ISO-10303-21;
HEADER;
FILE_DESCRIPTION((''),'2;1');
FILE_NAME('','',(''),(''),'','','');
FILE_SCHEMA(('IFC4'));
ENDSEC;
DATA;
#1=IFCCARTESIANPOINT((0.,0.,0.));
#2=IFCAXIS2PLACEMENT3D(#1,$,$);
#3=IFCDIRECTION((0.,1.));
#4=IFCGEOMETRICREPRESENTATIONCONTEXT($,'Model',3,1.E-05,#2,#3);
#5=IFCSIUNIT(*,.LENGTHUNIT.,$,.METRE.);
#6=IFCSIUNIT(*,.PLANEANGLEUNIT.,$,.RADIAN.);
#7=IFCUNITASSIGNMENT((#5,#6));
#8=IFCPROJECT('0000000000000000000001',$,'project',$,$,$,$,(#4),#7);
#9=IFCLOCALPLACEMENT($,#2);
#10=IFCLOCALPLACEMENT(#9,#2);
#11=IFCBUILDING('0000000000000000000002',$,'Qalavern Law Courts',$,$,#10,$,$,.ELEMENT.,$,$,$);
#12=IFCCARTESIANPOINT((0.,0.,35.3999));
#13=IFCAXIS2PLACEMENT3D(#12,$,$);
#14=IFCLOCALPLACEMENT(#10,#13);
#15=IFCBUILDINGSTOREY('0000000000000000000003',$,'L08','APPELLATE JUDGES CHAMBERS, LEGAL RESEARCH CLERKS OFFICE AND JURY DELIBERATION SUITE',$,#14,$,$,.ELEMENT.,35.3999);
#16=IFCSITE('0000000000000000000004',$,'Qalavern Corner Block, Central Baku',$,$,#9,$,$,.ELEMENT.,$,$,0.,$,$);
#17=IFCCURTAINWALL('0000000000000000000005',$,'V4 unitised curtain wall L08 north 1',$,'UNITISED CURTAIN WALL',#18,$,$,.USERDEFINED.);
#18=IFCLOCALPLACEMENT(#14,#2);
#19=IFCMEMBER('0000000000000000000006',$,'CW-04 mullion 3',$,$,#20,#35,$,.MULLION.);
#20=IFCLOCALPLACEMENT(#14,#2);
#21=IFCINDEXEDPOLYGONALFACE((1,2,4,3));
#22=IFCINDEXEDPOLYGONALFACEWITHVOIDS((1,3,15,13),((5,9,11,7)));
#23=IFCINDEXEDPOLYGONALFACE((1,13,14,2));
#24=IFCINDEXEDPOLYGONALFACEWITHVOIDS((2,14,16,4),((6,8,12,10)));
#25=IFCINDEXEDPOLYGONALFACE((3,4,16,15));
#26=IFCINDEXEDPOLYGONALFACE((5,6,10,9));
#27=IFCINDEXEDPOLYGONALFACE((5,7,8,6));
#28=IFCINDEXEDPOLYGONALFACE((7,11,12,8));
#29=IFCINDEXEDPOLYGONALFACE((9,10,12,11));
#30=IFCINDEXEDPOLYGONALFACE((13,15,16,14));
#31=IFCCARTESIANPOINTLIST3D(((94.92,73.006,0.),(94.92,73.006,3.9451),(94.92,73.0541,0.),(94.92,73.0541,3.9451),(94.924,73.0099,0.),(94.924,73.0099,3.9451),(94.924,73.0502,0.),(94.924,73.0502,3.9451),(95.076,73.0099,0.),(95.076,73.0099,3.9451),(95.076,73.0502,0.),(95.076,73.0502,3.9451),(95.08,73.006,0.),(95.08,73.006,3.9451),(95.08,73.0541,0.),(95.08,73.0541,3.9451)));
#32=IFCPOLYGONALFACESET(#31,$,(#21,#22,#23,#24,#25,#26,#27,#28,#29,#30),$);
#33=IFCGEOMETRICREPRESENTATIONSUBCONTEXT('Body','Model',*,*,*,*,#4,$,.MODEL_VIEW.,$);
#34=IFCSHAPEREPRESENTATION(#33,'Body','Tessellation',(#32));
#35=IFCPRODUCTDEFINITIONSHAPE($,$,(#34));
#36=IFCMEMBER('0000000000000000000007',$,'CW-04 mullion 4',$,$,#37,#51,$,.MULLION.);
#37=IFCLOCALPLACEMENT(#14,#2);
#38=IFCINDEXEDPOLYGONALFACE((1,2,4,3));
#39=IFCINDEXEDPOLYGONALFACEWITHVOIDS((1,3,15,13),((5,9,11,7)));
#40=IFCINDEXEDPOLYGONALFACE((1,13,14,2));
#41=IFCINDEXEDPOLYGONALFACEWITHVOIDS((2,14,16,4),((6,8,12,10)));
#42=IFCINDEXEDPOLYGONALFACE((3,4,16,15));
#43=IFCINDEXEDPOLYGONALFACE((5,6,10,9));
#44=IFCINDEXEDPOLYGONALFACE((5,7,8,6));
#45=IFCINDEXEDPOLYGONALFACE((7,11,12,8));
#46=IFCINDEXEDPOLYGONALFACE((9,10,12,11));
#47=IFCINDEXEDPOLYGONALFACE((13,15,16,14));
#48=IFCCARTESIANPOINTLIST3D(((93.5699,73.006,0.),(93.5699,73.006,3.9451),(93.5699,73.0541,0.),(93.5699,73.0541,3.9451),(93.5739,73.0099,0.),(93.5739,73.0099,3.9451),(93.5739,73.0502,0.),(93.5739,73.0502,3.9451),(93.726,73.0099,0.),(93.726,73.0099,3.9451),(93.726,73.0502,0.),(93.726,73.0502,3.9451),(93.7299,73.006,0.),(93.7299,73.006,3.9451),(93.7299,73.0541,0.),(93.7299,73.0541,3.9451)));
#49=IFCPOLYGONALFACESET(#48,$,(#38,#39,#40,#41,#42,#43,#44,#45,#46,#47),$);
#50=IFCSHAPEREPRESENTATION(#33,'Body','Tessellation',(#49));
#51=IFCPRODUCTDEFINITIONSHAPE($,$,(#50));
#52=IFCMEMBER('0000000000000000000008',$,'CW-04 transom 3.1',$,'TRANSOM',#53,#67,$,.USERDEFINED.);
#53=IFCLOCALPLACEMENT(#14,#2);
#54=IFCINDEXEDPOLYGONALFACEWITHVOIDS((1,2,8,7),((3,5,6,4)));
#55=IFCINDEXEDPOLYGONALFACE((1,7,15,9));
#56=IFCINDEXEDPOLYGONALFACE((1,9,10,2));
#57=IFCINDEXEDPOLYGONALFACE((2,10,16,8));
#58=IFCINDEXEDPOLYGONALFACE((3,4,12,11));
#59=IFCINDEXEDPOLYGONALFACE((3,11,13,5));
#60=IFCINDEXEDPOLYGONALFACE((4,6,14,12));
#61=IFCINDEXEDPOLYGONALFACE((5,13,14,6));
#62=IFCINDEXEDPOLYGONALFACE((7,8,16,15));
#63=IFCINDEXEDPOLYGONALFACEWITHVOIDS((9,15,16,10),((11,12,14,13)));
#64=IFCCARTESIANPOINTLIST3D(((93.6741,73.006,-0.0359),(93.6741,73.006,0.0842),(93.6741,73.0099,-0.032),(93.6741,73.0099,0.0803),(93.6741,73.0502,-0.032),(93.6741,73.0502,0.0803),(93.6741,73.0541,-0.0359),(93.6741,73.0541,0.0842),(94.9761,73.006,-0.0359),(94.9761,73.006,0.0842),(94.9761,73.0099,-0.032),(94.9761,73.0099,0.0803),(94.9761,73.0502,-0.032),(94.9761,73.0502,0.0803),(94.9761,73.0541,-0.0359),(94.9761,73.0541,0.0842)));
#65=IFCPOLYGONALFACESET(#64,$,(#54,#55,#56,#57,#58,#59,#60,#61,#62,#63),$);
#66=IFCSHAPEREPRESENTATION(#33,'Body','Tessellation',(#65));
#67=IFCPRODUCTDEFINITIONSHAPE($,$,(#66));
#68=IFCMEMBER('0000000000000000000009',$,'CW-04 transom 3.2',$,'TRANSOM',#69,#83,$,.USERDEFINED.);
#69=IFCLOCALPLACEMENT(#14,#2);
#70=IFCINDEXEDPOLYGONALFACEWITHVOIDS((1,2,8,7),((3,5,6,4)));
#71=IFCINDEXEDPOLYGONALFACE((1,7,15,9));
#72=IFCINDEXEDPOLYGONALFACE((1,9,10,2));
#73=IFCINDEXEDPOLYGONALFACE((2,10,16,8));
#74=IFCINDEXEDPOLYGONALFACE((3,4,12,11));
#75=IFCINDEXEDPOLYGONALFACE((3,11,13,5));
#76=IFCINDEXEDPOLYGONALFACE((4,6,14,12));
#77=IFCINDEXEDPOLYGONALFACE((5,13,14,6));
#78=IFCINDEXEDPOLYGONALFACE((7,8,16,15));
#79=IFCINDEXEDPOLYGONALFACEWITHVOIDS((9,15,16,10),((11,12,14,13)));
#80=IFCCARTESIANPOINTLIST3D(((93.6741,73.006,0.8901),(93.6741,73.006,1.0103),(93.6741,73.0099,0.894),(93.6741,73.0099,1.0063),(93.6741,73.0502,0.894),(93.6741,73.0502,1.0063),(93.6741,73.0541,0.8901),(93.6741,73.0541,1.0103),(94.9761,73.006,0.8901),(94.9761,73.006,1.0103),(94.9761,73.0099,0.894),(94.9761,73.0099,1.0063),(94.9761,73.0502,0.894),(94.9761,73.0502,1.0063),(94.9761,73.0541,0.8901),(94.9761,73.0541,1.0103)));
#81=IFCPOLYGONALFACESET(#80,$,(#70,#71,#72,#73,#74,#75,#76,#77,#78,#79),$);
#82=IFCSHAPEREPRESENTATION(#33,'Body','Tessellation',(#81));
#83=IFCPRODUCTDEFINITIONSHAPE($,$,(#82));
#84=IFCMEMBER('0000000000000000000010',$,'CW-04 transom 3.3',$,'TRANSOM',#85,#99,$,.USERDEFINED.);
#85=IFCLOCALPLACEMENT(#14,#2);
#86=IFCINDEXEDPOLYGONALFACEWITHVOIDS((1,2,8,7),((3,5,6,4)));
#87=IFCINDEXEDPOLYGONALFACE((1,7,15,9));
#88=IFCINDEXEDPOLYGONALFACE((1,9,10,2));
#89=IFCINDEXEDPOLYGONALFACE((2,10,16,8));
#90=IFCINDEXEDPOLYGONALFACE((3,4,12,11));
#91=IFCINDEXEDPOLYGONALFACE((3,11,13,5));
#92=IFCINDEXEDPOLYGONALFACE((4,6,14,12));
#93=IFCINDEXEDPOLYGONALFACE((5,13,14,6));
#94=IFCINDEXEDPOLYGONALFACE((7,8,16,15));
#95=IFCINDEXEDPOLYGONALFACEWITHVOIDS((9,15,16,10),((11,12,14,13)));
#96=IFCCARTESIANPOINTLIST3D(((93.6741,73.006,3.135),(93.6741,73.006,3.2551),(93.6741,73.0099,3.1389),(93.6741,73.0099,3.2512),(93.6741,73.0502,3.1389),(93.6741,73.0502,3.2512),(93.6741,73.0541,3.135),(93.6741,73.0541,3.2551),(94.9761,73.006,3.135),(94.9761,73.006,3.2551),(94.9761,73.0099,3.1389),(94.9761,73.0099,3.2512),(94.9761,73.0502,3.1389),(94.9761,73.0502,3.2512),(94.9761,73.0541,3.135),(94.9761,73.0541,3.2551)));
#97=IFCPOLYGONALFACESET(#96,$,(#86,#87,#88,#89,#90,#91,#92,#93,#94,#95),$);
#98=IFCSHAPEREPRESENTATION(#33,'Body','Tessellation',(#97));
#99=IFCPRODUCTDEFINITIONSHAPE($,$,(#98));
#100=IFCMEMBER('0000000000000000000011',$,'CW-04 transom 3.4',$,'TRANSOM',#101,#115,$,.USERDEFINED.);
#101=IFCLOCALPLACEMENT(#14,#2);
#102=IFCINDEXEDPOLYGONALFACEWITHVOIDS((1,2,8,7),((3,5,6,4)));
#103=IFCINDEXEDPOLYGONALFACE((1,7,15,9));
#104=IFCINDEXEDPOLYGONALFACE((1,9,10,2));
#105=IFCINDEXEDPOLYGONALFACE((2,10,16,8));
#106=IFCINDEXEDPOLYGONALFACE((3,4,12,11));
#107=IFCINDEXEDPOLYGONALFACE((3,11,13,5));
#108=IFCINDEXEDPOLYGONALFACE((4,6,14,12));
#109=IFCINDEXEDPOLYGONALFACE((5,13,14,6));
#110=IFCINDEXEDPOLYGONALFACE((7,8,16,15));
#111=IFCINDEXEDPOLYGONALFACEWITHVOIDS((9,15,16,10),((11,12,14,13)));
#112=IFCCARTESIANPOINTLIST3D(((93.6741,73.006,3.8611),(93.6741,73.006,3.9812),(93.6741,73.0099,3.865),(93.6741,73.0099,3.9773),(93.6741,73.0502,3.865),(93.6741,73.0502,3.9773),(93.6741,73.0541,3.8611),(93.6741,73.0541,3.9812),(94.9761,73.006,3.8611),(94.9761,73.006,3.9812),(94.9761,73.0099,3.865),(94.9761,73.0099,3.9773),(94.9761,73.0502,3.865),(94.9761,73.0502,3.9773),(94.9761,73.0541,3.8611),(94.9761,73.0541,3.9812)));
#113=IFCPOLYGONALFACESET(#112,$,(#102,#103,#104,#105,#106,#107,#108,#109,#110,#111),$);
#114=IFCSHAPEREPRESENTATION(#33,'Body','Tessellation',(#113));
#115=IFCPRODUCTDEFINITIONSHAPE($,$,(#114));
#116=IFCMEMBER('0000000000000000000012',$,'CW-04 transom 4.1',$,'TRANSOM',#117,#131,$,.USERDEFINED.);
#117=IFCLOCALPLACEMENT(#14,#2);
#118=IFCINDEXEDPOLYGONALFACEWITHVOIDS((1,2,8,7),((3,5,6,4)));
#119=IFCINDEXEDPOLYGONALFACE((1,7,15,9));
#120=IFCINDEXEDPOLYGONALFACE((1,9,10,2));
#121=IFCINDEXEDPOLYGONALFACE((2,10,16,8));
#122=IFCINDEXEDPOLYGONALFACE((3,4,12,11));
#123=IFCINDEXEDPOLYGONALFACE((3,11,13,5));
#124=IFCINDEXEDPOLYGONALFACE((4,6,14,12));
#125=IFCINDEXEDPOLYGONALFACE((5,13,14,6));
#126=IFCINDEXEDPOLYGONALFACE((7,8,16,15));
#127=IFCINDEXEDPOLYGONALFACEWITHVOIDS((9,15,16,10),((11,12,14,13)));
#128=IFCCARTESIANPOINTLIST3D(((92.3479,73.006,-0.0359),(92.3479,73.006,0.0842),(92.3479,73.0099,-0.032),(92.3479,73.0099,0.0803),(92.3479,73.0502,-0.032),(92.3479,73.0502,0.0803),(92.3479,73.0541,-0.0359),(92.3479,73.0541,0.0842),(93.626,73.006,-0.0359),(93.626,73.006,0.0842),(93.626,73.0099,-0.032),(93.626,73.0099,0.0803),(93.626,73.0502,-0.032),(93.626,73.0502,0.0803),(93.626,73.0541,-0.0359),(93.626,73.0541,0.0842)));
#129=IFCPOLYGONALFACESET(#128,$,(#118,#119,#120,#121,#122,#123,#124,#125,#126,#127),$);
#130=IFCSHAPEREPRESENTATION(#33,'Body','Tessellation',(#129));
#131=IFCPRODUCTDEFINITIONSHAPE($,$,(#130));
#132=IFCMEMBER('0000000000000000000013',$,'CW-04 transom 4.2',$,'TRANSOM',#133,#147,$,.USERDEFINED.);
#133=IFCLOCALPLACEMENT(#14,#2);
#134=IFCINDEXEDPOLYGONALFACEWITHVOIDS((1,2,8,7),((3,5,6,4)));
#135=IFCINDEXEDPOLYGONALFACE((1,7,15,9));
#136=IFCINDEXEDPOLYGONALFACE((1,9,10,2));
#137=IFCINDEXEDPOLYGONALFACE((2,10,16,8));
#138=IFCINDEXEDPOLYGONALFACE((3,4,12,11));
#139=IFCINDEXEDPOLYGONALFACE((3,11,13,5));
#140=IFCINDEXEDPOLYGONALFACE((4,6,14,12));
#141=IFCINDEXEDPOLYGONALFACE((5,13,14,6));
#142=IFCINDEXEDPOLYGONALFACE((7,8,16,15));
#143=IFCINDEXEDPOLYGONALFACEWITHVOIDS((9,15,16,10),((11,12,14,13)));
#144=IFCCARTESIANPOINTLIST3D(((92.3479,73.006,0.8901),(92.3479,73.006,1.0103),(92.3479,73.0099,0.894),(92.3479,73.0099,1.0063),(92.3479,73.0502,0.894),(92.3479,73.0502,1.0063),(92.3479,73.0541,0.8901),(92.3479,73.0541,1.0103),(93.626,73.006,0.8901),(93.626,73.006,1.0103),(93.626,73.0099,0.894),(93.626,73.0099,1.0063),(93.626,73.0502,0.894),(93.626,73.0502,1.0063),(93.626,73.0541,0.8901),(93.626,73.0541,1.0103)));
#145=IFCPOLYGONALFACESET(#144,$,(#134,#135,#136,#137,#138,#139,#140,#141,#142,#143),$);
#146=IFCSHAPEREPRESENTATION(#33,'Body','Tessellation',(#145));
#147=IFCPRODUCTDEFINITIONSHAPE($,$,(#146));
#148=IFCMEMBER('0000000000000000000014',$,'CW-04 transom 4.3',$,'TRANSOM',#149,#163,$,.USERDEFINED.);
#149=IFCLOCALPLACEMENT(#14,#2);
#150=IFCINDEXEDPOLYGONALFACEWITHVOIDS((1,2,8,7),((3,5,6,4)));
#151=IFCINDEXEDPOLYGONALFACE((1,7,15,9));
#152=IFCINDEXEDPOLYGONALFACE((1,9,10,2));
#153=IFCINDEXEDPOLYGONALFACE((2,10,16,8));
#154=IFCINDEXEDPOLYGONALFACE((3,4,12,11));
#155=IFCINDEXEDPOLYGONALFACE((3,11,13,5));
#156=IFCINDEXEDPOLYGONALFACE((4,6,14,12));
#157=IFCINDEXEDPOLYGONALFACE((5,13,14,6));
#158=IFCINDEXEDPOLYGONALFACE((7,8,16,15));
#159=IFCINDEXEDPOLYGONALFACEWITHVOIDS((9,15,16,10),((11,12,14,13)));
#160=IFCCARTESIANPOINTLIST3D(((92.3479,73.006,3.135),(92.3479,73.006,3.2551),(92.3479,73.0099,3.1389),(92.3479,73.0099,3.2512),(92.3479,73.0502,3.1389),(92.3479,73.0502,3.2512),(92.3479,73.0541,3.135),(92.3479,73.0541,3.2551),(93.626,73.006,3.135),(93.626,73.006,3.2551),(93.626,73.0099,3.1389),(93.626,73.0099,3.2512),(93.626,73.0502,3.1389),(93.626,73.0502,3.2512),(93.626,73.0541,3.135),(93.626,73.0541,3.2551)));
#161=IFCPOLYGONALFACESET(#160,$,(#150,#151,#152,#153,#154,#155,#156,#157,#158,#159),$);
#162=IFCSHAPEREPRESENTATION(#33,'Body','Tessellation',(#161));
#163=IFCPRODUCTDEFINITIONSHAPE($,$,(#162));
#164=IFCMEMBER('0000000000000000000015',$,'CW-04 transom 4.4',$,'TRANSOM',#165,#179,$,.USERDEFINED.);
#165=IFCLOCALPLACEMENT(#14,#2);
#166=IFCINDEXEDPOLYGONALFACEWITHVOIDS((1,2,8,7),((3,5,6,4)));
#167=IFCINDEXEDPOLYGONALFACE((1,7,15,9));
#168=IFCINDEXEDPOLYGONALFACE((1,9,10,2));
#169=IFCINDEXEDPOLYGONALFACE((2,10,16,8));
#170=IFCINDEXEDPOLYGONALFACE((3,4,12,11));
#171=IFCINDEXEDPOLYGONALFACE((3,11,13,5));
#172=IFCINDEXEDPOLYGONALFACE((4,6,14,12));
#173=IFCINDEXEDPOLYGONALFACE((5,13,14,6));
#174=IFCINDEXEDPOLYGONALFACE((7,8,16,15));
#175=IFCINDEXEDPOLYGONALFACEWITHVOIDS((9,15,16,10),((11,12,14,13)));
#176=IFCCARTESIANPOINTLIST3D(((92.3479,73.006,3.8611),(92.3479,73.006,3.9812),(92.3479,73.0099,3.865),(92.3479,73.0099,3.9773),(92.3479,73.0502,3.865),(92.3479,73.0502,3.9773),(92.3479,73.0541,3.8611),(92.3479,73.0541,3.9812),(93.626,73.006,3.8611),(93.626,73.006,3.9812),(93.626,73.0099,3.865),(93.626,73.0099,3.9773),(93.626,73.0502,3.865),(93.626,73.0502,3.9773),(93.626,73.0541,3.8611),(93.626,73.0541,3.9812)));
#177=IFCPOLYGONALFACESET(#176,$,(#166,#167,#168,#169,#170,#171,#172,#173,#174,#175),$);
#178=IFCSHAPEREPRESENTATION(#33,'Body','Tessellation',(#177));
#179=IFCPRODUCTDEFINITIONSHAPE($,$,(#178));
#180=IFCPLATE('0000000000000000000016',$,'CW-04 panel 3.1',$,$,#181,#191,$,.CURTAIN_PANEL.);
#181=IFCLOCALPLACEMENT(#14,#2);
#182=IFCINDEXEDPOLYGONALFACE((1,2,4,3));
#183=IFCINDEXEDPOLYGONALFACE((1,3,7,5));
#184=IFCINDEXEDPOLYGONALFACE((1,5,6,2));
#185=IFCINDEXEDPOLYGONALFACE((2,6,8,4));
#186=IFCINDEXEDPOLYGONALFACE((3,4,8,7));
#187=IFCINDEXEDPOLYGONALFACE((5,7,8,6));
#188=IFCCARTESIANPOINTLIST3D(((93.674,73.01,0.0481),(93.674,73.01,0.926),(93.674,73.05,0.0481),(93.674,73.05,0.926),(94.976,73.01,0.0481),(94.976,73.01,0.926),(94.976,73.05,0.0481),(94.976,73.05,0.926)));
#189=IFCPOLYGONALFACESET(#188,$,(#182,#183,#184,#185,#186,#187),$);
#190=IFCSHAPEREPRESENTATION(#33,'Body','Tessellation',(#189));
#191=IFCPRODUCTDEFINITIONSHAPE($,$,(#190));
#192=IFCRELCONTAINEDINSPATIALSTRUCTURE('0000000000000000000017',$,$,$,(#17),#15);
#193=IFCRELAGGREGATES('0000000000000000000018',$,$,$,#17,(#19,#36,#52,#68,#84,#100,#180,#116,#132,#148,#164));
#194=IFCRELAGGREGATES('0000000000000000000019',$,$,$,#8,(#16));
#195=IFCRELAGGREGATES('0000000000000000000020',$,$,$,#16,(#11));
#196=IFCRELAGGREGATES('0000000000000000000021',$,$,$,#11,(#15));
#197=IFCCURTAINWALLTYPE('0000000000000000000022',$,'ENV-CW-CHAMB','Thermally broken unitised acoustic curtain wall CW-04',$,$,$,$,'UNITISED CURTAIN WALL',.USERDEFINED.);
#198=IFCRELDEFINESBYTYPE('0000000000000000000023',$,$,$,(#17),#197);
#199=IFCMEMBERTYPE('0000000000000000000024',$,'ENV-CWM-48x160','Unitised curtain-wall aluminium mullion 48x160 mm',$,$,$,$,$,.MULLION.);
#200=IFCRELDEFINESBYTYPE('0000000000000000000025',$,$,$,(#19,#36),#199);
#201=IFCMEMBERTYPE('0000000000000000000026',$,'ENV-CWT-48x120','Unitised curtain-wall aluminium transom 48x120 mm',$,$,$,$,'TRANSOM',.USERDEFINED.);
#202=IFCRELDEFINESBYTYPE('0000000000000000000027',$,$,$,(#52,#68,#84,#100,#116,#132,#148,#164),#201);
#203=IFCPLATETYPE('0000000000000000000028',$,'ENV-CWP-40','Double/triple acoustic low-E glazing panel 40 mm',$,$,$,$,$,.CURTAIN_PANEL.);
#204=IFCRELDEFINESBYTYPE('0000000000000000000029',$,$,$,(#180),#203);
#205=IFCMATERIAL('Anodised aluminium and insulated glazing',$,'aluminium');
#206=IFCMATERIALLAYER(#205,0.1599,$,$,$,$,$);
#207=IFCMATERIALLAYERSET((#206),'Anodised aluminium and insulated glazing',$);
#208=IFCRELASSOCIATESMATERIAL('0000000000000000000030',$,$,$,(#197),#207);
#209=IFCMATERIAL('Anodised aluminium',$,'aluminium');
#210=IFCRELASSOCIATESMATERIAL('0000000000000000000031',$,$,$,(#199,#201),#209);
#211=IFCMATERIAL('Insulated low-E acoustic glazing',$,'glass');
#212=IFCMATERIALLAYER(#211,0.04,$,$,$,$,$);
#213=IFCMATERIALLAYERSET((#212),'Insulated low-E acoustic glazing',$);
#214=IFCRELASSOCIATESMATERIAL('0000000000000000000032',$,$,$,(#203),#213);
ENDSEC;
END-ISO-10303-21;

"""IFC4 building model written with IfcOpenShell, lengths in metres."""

from ifc_helpers import new_model, si_unit, direction, frame, origin, origin_2d, place, context, subcontext, project, spatial, rectangle, hollow_rectangle, extrude, material, layer, layer_set, material_profile, profile_set, type_object, element, aggregate, save


model = new_model("IFC4")

# Units and contexts
model_context = context("Model", 3, precision=1e-05, world=origin(), true_north=direction((0.0, 1.0)))
body_context = subcontext(model_context, "Body", "Model", "MODEL_VIEW")
ifc_project = project(units=[si_unit("LENGTHUNIT", "METRE"), si_unit("PLANEANGLEUNIT", "RADIAN")], contexts=[model_context])

# Site, building, storey
site_placement = place(None, origin())
site = spatial("IfcSite", under=ifc_project, at=site_placement, Name="Qalavern Corner Block, Central Baku", CompositionType="ELEMENT", RefElevation=0.0)
building_placement = place(site_placement, origin())
building = spatial("IfcBuilding", under=site, at=building_placement, Name="Qalavern Law Courts", CompositionType="ELEMENT")
storey_placement = place(building_placement, frame((0.0, 0.0, 35.3999)))
storey = spatial("IfcBuildingStorey", under=building, at=storey_placement, Name="L08", Description="APPELLATE JUDGES CHAMBERS, LEGAL RESEARCH CLERKS OFFICE AND JURY DELIBERATION SUITE", CompositionType="ELEMENT", Elevation=35.3999)

# Curtain wall, members, plate
ifc_material_1 = material(Name="Anodised aluminium and insulated glazing", Category="aluminium")
ifc_layer_1 = layer(ifc_material_1, 0.1599)
ifc_layer_set_1 = layer_set([ifc_layer_1], Name="Anodised aluminium and insulated glazing")
curtain_wall_type = type_object("IfcCurtainWallType", Name="ENV-CW-CHAMB", Description="Thermally broken unitised acoustic curtain wall CW-04", ElementType="UNITISED CURTAIN WALL", PredefinedType="USERDEFINED", material=ifc_layer_set_1)
curtain_wall_placement = place(storey_placement, origin())
curtain_wall = element("IfcCurtainWall", 1, at=curtain_wall_placement, inside=storey, type_object=curtain_wall_type, Name="V4 unitised curtain wall L08 north 1", ObjectType="UNITISED CURTAIN WALL", PredefinedType="USERDEFINED")
ifc_material_2 = material(Name="Anodised aluminium", Category="aluminium")
ifc_material_profile_1 = material_profile(ifc_material_2, hollow_rectangle(XDim=0.0481, YDim=0.1599, WallThickness=0.0039, at=origin_2d()), Name="ALU MULLION 48x160")
ifc_profile_set_1 = profile_set([ifc_material_profile_1], Name="Anodised aluminium")
member_type_1 = type_object("IfcMemberType", Name="ENV-CWM-48x160", Description="Unitised curtain-wall aluminium mullion 48x160 mm", PredefinedType="MULLION", material=ifc_profile_set_1)
member_1_placement = place(storey_placement, frame((95.0, 73.03, 0.0), z_axis=(0.0, 0.0, 1.0), x_axis=(0.0, -1.0, 0.0)))
member_1 = element("IfcMember", 2, at=member_1_placement, type_object=member_type_1, Name="CW-04 mullion 3", PredefinedType="MULLION", context=body_context, shape_type="SweptSolid", body=[
    extrude(hollow_rectangle(XDim=0.0481, YDim=0.1599, WallThickness=0.0039, at=origin_2d()), origin(), (0.0, 0.0, 1.0), 3.9451),
])
member_2_placement = place(storey_placement, frame((93.6499, 73.03, 0.0), z_axis=(0.0, 0.0, 1.0), x_axis=(0.0, -1.0, 0.0)))
member_2 = element("IfcMember", 3, at=member_2_placement, type_object=member_type_1, Name="CW-04 mullion 4", PredefinedType="MULLION", context=body_context, shape_type="SweptSolid", body=[
    extrude(hollow_rectangle(XDim=0.0481, YDim=0.1599, WallThickness=0.0039, at=origin_2d()), origin(), (0.0, 0.0, 1.0), 3.9451),
])
ifc_material_profile_2 = material_profile(ifc_material_2, hollow_rectangle(XDim=0.0481, YDim=0.1201, WallThickness=0.0039, at=origin_2d()), Name="ALU TRANSOM 48x120")
ifc_profile_set_2 = profile_set([ifc_material_profile_2], Name="Anodised aluminium")
member_type_2 = type_object("IfcMemberType", Name="ENV-CWT-48x120", Description="Unitised curtain-wall aluminium transom 48x120 mm", ElementType="TRANSOM", PredefinedType="USERDEFINED", material=ifc_profile_set_2)
member_3_placement = place(storey_placement, frame((94.9761, 73.03, 0.0242), z_axis=(-1.0, 0.0, 0.0), x_axis=(0.0, -1.0, 0.0)))
member_3 = element("IfcMember", 4, at=member_3_placement, type_object=member_type_2, Name="CW-04 transom 3.1", ObjectType="TRANSOM", PredefinedType="USERDEFINED", context=body_context, shape_type="SweptSolid", body=[
    extrude(hollow_rectangle(XDim=0.0481, YDim=0.1201, WallThickness=0.0039, at=origin_2d()), origin(), (0.0, 0.0, 1.0), 1.302),
])
member_4_placement = place(storey_placement, frame((94.9761, 73.03, 0.9502), z_axis=(-1.0, 0.0, 0.0), x_axis=(0.0, -1.0, 0.0)))
member_4 = element("IfcMember", 5, at=member_4_placement, type_object=member_type_2, Name="CW-04 transom 3.2", ObjectType="TRANSOM", PredefinedType="USERDEFINED", context=body_context, shape_type="SweptSolid", body=[
    extrude(hollow_rectangle(XDim=0.0481, YDim=0.1201, WallThickness=0.0039, at=origin_2d()), origin(), (0.0, 0.0, 1.0), 1.302),
])
member_5_placement = place(storey_placement, frame((94.9761, 73.03, 3.1951), z_axis=(-1.0, 0.0, 0.0), x_axis=(0.0, -1.0, 0.0)))
member_5 = element("IfcMember", 6, at=member_5_placement, type_object=member_type_2, Name="CW-04 transom 3.3", ObjectType="TRANSOM", PredefinedType="USERDEFINED", context=body_context, shape_type="SweptSolid", body=[
    extrude(hollow_rectangle(XDim=0.0481, YDim=0.1201, WallThickness=0.0039, at=origin_2d()), origin(), (0.0, 0.0, 1.0), 1.302),
])
member_6_placement = place(storey_placement, frame((94.9761, 73.03, 3.9211), z_axis=(-1.0, 0.0, 0.0), x_axis=(0.0, -1.0, 0.0)))
member_6 = element("IfcMember", 7, at=member_6_placement, type_object=member_type_2, Name="CW-04 transom 3.4", ObjectType="TRANSOM", PredefinedType="USERDEFINED", context=body_context, shape_type="SweptSolid", body=[
    extrude(hollow_rectangle(XDim=0.0481, YDim=0.1201, WallThickness=0.0039, at=origin_2d()), origin(), (0.0, 0.0, 1.0), 1.302),
])
member_7_placement = place(storey_placement, frame((93.626, 73.03, 0.0242), z_axis=(-1.0, 0.0, 0.0), x_axis=(0.0, -1.0, 0.0)))
member_7 = element("IfcMember", 8, at=member_7_placement, type_object=member_type_2, Name="CW-04 transom 4.1", ObjectType="TRANSOM", PredefinedType="USERDEFINED", context=body_context, shape_type="SweptSolid", body=[
    extrude(hollow_rectangle(XDim=0.0481, YDim=0.1201, WallThickness=0.0039, at=origin_2d()), origin(), (0.0, 0.0, 1.0), 1.2781),
])
member_8_placement = place(storey_placement, frame((93.626, 73.03, 0.9502), z_axis=(-1.0, 0.0, 0.0), x_axis=(0.0, -1.0, 0.0)))
member_8 = element("IfcMember", 9, at=member_8_placement, type_object=member_type_2, Name="CW-04 transom 4.2", ObjectType="TRANSOM", PredefinedType="USERDEFINED", context=body_context, shape_type="SweptSolid", body=[
    extrude(hollow_rectangle(XDim=0.0481, YDim=0.1201, WallThickness=0.0039, at=origin_2d()), origin(), (0.0, 0.0, 1.0), 1.2781),
])
member_9_placement = place(storey_placement, frame((93.626, 73.03, 3.1951), z_axis=(-1.0, 0.0, 0.0), x_axis=(0.0, -1.0, 0.0)))
member_9 = element("IfcMember", 10, at=member_9_placement, type_object=member_type_2, Name="CW-04 transom 4.3", ObjectType="TRANSOM", PredefinedType="USERDEFINED", context=body_context, shape_type="SweptSolid", body=[
    extrude(hollow_rectangle(XDim=0.0481, YDim=0.1201, WallThickness=0.0039, at=origin_2d()), origin(), (0.0, 0.0, 1.0), 1.2781),
])
member_10_placement = place(storey_placement, frame((93.626, 73.03, 3.9211), z_axis=(-1.0, 0.0, 0.0), x_axis=(0.0, -1.0, 0.0)))
member_10 = element("IfcMember", 11, at=member_10_placement, type_object=member_type_2, Name="CW-04 transom 4.4", ObjectType="TRANSOM", PredefinedType="USERDEFINED", context=body_context, shape_type="SweptSolid", body=[
    extrude(hollow_rectangle(XDim=0.0481, YDim=0.1201, WallThickness=0.0039, at=origin_2d()), origin(), (0.0, 0.0, 1.0), 1.2781),
])
ifc_material_3 = material(Name="Insulated low-E acoustic glazing", Category="glass")
ifc_layer_2 = layer(ifc_material_3, 0.04)
ifc_layer_set_2 = layer_set([ifc_layer_2], Name="Insulated low-E acoustic glazing")
plate_type = type_object("IfcPlateType", Name="ENV-CWP-40", Description="Double/triple acoustic low-E glazing panel 40 mm", PredefinedType="CURTAIN_PANEL", material=ifc_layer_set_2)
plate_1_placement = place(storey_placement, frame((94.325, 73.03, 0.0481), z_axis=(0.0, 0.0, 1.0), x_axis=(-1.0, 0.0, 0.0)))
plate_1 = element("IfcPlate", 12, at=plate_1_placement, type_object=plate_type, Name="CW-04 panel 3.1", PredefinedType="CURTAIN_PANEL", context=body_context, shape_type="SweptSolid", body=[
    extrude(rectangle(XDim=1.302, YDim=0.04, at=origin_2d()), origin(), (0.0, 0.0, 1.0), 0.8779),
])
aggregate(curtain_wall, [member_1, member_2, member_3, member_4, member_5, member_6, plate_1, member_7, member_8, member_9, member_10])

save(model, "model.ifc")
